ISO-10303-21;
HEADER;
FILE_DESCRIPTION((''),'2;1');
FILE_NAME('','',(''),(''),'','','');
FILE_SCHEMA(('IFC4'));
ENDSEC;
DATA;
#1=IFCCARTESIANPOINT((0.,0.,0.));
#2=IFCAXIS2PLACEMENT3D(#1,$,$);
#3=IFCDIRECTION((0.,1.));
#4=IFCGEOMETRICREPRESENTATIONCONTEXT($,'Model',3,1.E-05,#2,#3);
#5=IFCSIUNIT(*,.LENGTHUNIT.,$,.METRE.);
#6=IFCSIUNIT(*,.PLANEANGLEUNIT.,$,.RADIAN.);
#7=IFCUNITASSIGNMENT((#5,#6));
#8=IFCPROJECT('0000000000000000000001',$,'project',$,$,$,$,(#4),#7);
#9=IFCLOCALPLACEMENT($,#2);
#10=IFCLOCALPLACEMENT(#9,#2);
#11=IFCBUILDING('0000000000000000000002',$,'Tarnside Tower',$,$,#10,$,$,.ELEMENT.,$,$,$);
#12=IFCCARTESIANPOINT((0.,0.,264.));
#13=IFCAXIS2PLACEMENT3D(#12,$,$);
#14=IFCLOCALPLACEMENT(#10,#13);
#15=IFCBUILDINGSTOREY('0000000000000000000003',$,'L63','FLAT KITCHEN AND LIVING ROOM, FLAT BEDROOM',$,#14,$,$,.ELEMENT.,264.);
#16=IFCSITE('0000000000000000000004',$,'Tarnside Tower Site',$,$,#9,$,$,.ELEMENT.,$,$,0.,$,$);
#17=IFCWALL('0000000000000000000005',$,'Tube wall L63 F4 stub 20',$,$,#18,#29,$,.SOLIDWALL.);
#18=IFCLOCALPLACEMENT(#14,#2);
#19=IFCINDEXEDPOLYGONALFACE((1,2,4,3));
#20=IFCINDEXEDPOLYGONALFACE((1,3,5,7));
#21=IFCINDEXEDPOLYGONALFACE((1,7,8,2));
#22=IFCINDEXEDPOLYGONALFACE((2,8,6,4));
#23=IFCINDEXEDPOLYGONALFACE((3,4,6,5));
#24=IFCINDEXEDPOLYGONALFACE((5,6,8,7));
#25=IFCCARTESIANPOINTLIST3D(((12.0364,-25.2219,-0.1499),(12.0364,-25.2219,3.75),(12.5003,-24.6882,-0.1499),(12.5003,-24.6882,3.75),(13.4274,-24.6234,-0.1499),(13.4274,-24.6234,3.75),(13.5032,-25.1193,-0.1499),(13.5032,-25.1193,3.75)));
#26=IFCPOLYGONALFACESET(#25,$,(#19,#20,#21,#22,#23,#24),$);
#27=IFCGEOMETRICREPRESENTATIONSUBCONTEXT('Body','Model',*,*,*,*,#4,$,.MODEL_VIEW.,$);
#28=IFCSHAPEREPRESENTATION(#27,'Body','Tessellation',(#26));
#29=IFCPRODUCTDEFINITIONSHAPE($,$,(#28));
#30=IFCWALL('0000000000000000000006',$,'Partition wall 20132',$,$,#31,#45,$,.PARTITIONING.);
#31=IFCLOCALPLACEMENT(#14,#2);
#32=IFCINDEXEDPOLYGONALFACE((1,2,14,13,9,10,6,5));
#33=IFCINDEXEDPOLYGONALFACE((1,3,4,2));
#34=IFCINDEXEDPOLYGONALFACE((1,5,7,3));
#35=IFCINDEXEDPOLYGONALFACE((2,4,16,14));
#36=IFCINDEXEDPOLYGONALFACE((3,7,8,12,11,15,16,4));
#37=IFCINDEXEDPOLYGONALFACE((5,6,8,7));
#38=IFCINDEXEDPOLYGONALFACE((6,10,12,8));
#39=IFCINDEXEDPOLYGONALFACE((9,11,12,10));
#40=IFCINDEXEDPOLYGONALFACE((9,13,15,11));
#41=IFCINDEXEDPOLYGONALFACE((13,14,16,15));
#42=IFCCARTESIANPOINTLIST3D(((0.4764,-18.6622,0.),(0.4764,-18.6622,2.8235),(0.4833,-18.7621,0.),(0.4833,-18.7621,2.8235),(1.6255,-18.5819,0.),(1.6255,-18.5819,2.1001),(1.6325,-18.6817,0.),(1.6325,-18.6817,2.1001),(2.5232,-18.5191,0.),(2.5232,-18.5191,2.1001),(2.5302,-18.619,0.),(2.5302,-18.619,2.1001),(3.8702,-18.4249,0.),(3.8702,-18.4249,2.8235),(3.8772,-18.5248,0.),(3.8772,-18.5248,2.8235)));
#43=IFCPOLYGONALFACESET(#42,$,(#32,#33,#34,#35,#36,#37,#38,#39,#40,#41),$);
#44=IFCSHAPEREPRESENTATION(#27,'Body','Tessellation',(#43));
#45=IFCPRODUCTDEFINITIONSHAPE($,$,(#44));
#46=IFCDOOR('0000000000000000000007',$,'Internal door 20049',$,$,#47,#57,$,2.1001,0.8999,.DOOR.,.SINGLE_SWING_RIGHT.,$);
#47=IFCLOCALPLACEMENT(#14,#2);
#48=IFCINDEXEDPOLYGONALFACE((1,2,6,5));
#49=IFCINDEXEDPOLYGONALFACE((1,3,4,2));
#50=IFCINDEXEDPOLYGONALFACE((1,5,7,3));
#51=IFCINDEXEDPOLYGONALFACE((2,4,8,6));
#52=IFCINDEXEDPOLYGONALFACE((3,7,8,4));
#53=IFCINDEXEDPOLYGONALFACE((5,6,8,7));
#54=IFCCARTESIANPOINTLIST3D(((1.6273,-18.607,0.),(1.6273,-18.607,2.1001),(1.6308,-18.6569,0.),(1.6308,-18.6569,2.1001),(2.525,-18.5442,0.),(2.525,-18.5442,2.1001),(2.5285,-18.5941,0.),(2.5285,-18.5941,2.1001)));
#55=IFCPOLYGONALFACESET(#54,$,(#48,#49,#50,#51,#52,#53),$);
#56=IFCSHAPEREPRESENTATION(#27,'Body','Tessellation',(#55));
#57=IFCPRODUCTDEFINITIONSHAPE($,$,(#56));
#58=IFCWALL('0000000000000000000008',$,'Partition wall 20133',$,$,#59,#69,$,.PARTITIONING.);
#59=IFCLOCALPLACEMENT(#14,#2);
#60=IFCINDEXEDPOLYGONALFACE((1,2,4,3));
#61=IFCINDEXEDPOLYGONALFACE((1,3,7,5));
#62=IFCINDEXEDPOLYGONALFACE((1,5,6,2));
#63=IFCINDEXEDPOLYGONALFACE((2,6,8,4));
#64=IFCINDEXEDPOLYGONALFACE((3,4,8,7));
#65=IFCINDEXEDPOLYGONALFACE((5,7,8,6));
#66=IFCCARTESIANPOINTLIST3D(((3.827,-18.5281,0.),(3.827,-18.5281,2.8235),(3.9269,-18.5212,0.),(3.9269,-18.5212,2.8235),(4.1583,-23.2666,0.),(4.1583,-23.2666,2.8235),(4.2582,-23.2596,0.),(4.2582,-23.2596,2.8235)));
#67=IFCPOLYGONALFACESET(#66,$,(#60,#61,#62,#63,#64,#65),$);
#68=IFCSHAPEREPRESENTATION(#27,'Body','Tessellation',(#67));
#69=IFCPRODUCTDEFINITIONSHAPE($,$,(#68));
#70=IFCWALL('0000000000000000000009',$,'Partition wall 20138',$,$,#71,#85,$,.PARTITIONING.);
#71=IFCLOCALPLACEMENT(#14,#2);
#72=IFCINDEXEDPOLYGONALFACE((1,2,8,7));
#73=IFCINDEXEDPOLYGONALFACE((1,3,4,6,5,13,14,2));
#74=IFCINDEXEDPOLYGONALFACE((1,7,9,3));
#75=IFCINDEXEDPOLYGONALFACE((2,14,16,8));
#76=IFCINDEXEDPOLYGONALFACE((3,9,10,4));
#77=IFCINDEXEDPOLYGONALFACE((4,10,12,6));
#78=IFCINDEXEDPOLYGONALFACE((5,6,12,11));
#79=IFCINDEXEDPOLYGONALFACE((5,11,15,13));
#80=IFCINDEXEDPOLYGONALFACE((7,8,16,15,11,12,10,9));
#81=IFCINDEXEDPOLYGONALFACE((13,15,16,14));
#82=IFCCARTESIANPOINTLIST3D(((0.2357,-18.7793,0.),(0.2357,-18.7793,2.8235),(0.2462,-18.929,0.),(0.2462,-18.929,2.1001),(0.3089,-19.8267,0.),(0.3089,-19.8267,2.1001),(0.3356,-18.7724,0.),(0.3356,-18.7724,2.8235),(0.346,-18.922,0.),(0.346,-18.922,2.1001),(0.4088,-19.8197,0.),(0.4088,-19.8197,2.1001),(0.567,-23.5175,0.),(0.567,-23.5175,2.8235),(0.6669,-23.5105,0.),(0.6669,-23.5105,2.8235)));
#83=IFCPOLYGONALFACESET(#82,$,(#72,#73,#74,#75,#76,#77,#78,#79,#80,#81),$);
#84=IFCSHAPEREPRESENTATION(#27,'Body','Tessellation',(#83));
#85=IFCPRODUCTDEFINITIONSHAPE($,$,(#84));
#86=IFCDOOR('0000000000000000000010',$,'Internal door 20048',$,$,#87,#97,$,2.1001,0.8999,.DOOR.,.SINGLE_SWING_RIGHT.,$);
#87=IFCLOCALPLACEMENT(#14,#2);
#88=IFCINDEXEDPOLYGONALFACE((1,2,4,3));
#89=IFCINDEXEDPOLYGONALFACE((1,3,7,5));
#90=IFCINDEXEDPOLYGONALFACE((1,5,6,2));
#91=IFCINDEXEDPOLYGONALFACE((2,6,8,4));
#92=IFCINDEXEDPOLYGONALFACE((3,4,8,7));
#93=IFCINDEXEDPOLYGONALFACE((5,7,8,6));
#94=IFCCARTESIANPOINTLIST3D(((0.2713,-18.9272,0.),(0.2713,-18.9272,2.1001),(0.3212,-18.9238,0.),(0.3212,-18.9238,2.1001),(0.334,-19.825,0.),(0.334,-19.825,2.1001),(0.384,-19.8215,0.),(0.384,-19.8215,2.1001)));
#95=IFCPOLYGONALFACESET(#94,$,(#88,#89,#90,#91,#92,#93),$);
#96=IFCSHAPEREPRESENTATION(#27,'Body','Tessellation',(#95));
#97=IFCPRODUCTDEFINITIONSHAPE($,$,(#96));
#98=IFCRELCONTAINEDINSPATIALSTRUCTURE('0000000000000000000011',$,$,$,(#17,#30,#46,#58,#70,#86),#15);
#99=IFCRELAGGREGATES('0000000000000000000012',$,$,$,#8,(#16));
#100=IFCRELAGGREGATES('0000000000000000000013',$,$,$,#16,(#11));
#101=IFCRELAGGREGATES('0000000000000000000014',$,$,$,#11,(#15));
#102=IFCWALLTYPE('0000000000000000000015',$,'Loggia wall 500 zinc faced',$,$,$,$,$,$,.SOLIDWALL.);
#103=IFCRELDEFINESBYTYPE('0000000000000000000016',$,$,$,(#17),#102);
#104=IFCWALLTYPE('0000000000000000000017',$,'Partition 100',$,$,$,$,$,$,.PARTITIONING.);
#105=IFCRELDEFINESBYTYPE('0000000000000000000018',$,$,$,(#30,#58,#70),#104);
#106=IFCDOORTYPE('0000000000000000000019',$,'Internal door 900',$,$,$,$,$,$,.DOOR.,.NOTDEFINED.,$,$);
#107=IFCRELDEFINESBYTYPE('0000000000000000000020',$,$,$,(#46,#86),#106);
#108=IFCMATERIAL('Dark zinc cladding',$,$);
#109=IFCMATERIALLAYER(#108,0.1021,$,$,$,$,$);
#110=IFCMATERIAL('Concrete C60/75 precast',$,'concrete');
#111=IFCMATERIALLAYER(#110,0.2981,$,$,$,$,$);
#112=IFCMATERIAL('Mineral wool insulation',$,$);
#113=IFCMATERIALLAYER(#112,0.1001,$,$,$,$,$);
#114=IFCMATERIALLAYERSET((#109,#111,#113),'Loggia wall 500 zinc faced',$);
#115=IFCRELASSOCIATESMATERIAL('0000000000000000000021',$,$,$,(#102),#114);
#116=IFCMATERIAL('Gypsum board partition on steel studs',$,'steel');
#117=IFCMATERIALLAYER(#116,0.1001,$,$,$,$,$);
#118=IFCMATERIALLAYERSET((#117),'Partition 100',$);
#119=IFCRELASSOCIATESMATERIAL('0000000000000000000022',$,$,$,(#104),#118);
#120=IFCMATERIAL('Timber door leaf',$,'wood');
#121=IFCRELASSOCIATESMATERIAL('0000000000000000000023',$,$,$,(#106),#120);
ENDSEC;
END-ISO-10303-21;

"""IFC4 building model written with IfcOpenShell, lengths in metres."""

from ifc_helpers import new_model, si_unit, direction, frame, frame_2d, origin, place, context, subcontext, project, spatial, polyline, rectangle, outline, extrude, material, layer, layer_set, type_object, element, fill, save


model = new_model("IFC4")

# Units and contexts
model_context = context("Model", 3, precision=1e-05, world=origin(), true_north=direction((0.0, 1.0)))
body_context = subcontext(model_context, "Body", "Model", "MODEL_VIEW")
ifc_project = project(units=[si_unit("LENGTHUNIT", "METRE"), si_unit("PLANEANGLEUNIT", "RADIAN")], contexts=[model_context])

# Site, building, storey
site_placement = place(None, origin())
site = spatial("IfcSite", under=ifc_project, at=site_placement, Name="Tarnside Tower Site", CompositionType="ELEMENT", RefElevation=0.0)
building_placement = place(site_placement, origin())
building = spatial("IfcBuilding", under=site, at=building_placement, Name="Tarnside Tower", CompositionType="ELEMENT")
storey_placement = place(building_placement, frame((0.0, 0.0, 264.0)))
storey = spatial("IfcBuildingStorey", under=building, at=storey_placement, Name="L63", Description="FLAT KITCHEN AND LIVING ROOM, FLAT BEDROOM", CompositionType="ELEMENT", Elevation=264.0)

# Shared definitions
ifc_material_1 = material(Name="Gypsum board partition on steel studs", Category="steel")

# Shared definitions
ifc_material_2 = material(Name="Timber door leaf", Category="wood")

# Wall
ifc_material_3 = material(Name="Dark zinc cladding")
ifc_layer_1 = layer(ifc_material_3, 0.1021)
ifc_material_4 = material(Name="Concrete C60/75 precast", Category="concrete")
ifc_layer_2 = layer(ifc_material_4, 0.2981)
ifc_material_5 = material(Name="Mineral wool insulation")
ifc_layer_3 = layer(ifc_material_5, 0.1001)
ifc_layer_set_1 = layer_set([ifc_layer_1, ifc_layer_2, ifc_layer_3], Name="Loggia wall 500 zinc faced")
wall_type_1 = type_object("IfcWallType", Name="Loggia wall 500 zinc faced", PredefinedType="SOLIDWALL", material=ifc_layer_set_1)
wall_1_placement = place(storey_placement, frame((12.2683, -24.9551, -0.1499), z_axis=(0.0, 0.0, 1.0), x_axis=(0.997562, 0.069787, 0.0)))
element("IfcWall", 1, at=wall_1_placement, inside=storey, type_object=wall_type_1, Name="Tube wall L63 F4 stub 20", PredefinedType="SOLIDWALL", context=body_context, shape_type="SweptSolid", body=[
    extrude(outline(polyline([(-0.25, -0.25), (1.2205, -0.25), (1.1794, 0.25), (0.25, 0.25), (-0.25, -0.25)])), origin(), (0.0, 0.0, 1.0), 3.8999),
])

# Wall, opening, door
ifc_layer_4 = layer(ifc_material_1, 0.1001)
ifc_layer_set_2 = layer_set([ifc_layer_4], Name="Partition 100")
wall_type_2 = type_object("IfcWallType", Name="Partition 100", PredefinedType="PARTITIONING", material=ifc_layer_set_2)
wall_2_placement = place(storey_placement, frame((0.4797, -18.7122, 0.0), z_axis=(0.0, 0.0, 1.0), x_axis=(0.997564, 0.069753, 0.0)))
wall_2 = element("IfcWall", 2, at=wall_2_placement, inside=storey, type_object=wall_type_2, Name="Partition wall 20132", PredefinedType="PARTITIONING", context=body_context, shape_type="SweptSolid", body=[
    extrude(rectangle(XDim=3.4021, YDim=0.1001, at=frame_2d((1.7012, 0.0))), origin(), (0.0, 0.0, 1.0), 2.8235),
])
opening_1_placement = place(wall_2_placement, frame((1.1521, 0.0, 0.0)))
opening_1 = element("IfcOpeningElement", 3, at=opening_1_placement, cuts=wall_2, PredefinedType="OPENING", context=body_context, shape_type="SweptSolid", body=[
    extrude(rectangle(XDim=0.8999, YDim=2.1001, at=frame_2d((0.45, 1.05))), frame((0.0, 0.0601, 0.0), z_axis=(0.0, -1.0, 0.0), x_axis=(1.0, 0.0, 0.0)), (0.0, 0.0, 1.0), 0.1201),
])
door_type_1 = type_object("IfcDoorType", Name="Internal door 900", OperationType="NOTDEFINED", PredefinedType="DOOR", material=ifc_material_2)
door_1_placement = place(opening_1_placement, origin())
door_1 = element("IfcDoor", 4, at=door_1_placement, inside=storey, type_object=door_type_1, Name="Internal door 20049", OperationType="SINGLE_SWING_RIGHT", OverallHeight=2.1001, OverallWidth=0.8999, PredefinedType="DOOR", context=body_context, shape_type="SweptSolid", body=[
    extrude(rectangle(XDim=0.8999, YDim=2.1001, at=frame_2d((0.45, 1.05))), frame((0.0, 0.0249, 0.0), z_axis=(0.0, -1.0, 0.0), x_axis=(1.0, 0.0, 0.0)), (0.0, 0.0, 1.0), 0.05),
])
fill(opening_1, door_1)

# Wall
wall_3_placement = place(storey_placement, frame((3.877, -18.5247, 0.0), z_axis=(0.0, 0.0, 1.0), x_axis=(0.069746, -0.997565, 0.0)))
element("IfcWall", 5, at=wall_3_placement, inside=storey, type_object=wall_type_2, Name="Partition wall 20133", PredefinedType="PARTITIONING", context=body_context, shape_type="SweptSolid", body=[
    extrude(rectangle(XDim=4.75, YDim=0.1001, at=frame_2d((2.375, 0.0))), origin(), (0.0, 0.0, 1.0), 2.8235),
])

# Wall, opening, door
wall_4_placement = place(storey_placement, frame((0.6169, -23.5142, 0.0), z_axis=(0.0, 0.0, 1.0), x_axis=(-0.069749, 0.997565, 0.0)))
wall_4 = element("IfcWall", 6, at=wall_4_placement, inside=storey, type_object=wall_type_2, Name="Partition wall 20138", PredefinedType="PARTITIONING", context=body_context, shape_type="SweptSolid", body=[
    extrude(rectangle(XDim=4.7498, YDim=0.1001, at=frame_2d((2.375, 0.0))), origin(), (0.0, 0.0, 1.0), 2.8235),
])
opening_2_placement = place(wall_4_placement, frame((3.7, 0.0, 0.0)))
opening_2 = element("IfcOpeningElement", 7, at=opening_2_placement, cuts=wall_4, PredefinedType="OPENING", context=body_context, shape_type="SweptSolid", body=[
    extrude(rectangle(XDim=0.8999, YDim=2.1001, at=frame_2d((0.45, 1.05))), frame((0.0, 0.0601, 0.0), z_axis=(0.0, -1.0, 0.0), x_axis=(1.0, 0.0, 0.0)), (0.0, 0.0, 1.0), 0.1201),
])
door_2_placement = place(opening_2_placement, origin())
door_2 = element("IfcDoor", 8, at=door_2_placement, inside=storey, type_object=door_type_1, Name="Internal door 20048", OperationType="SINGLE_SWING_RIGHT", OverallHeight=2.1001, OverallWidth=0.8999, PredefinedType="DOOR", context=body_context, shape_type="SweptSolid", body=[
    extrude(rectangle(XDim=0.8999, YDim=2.1001, at=frame_2d((0.45, 1.05))), frame((0.0, 0.0249, 0.0), z_axis=(0.0, -1.0, 0.0), x_axis=(1.0, 0.0, 0.0)), (0.0, 0.0, 1.0), 0.05),
])
fill(opening_2, door_2)

save(model, "model.ifc")
